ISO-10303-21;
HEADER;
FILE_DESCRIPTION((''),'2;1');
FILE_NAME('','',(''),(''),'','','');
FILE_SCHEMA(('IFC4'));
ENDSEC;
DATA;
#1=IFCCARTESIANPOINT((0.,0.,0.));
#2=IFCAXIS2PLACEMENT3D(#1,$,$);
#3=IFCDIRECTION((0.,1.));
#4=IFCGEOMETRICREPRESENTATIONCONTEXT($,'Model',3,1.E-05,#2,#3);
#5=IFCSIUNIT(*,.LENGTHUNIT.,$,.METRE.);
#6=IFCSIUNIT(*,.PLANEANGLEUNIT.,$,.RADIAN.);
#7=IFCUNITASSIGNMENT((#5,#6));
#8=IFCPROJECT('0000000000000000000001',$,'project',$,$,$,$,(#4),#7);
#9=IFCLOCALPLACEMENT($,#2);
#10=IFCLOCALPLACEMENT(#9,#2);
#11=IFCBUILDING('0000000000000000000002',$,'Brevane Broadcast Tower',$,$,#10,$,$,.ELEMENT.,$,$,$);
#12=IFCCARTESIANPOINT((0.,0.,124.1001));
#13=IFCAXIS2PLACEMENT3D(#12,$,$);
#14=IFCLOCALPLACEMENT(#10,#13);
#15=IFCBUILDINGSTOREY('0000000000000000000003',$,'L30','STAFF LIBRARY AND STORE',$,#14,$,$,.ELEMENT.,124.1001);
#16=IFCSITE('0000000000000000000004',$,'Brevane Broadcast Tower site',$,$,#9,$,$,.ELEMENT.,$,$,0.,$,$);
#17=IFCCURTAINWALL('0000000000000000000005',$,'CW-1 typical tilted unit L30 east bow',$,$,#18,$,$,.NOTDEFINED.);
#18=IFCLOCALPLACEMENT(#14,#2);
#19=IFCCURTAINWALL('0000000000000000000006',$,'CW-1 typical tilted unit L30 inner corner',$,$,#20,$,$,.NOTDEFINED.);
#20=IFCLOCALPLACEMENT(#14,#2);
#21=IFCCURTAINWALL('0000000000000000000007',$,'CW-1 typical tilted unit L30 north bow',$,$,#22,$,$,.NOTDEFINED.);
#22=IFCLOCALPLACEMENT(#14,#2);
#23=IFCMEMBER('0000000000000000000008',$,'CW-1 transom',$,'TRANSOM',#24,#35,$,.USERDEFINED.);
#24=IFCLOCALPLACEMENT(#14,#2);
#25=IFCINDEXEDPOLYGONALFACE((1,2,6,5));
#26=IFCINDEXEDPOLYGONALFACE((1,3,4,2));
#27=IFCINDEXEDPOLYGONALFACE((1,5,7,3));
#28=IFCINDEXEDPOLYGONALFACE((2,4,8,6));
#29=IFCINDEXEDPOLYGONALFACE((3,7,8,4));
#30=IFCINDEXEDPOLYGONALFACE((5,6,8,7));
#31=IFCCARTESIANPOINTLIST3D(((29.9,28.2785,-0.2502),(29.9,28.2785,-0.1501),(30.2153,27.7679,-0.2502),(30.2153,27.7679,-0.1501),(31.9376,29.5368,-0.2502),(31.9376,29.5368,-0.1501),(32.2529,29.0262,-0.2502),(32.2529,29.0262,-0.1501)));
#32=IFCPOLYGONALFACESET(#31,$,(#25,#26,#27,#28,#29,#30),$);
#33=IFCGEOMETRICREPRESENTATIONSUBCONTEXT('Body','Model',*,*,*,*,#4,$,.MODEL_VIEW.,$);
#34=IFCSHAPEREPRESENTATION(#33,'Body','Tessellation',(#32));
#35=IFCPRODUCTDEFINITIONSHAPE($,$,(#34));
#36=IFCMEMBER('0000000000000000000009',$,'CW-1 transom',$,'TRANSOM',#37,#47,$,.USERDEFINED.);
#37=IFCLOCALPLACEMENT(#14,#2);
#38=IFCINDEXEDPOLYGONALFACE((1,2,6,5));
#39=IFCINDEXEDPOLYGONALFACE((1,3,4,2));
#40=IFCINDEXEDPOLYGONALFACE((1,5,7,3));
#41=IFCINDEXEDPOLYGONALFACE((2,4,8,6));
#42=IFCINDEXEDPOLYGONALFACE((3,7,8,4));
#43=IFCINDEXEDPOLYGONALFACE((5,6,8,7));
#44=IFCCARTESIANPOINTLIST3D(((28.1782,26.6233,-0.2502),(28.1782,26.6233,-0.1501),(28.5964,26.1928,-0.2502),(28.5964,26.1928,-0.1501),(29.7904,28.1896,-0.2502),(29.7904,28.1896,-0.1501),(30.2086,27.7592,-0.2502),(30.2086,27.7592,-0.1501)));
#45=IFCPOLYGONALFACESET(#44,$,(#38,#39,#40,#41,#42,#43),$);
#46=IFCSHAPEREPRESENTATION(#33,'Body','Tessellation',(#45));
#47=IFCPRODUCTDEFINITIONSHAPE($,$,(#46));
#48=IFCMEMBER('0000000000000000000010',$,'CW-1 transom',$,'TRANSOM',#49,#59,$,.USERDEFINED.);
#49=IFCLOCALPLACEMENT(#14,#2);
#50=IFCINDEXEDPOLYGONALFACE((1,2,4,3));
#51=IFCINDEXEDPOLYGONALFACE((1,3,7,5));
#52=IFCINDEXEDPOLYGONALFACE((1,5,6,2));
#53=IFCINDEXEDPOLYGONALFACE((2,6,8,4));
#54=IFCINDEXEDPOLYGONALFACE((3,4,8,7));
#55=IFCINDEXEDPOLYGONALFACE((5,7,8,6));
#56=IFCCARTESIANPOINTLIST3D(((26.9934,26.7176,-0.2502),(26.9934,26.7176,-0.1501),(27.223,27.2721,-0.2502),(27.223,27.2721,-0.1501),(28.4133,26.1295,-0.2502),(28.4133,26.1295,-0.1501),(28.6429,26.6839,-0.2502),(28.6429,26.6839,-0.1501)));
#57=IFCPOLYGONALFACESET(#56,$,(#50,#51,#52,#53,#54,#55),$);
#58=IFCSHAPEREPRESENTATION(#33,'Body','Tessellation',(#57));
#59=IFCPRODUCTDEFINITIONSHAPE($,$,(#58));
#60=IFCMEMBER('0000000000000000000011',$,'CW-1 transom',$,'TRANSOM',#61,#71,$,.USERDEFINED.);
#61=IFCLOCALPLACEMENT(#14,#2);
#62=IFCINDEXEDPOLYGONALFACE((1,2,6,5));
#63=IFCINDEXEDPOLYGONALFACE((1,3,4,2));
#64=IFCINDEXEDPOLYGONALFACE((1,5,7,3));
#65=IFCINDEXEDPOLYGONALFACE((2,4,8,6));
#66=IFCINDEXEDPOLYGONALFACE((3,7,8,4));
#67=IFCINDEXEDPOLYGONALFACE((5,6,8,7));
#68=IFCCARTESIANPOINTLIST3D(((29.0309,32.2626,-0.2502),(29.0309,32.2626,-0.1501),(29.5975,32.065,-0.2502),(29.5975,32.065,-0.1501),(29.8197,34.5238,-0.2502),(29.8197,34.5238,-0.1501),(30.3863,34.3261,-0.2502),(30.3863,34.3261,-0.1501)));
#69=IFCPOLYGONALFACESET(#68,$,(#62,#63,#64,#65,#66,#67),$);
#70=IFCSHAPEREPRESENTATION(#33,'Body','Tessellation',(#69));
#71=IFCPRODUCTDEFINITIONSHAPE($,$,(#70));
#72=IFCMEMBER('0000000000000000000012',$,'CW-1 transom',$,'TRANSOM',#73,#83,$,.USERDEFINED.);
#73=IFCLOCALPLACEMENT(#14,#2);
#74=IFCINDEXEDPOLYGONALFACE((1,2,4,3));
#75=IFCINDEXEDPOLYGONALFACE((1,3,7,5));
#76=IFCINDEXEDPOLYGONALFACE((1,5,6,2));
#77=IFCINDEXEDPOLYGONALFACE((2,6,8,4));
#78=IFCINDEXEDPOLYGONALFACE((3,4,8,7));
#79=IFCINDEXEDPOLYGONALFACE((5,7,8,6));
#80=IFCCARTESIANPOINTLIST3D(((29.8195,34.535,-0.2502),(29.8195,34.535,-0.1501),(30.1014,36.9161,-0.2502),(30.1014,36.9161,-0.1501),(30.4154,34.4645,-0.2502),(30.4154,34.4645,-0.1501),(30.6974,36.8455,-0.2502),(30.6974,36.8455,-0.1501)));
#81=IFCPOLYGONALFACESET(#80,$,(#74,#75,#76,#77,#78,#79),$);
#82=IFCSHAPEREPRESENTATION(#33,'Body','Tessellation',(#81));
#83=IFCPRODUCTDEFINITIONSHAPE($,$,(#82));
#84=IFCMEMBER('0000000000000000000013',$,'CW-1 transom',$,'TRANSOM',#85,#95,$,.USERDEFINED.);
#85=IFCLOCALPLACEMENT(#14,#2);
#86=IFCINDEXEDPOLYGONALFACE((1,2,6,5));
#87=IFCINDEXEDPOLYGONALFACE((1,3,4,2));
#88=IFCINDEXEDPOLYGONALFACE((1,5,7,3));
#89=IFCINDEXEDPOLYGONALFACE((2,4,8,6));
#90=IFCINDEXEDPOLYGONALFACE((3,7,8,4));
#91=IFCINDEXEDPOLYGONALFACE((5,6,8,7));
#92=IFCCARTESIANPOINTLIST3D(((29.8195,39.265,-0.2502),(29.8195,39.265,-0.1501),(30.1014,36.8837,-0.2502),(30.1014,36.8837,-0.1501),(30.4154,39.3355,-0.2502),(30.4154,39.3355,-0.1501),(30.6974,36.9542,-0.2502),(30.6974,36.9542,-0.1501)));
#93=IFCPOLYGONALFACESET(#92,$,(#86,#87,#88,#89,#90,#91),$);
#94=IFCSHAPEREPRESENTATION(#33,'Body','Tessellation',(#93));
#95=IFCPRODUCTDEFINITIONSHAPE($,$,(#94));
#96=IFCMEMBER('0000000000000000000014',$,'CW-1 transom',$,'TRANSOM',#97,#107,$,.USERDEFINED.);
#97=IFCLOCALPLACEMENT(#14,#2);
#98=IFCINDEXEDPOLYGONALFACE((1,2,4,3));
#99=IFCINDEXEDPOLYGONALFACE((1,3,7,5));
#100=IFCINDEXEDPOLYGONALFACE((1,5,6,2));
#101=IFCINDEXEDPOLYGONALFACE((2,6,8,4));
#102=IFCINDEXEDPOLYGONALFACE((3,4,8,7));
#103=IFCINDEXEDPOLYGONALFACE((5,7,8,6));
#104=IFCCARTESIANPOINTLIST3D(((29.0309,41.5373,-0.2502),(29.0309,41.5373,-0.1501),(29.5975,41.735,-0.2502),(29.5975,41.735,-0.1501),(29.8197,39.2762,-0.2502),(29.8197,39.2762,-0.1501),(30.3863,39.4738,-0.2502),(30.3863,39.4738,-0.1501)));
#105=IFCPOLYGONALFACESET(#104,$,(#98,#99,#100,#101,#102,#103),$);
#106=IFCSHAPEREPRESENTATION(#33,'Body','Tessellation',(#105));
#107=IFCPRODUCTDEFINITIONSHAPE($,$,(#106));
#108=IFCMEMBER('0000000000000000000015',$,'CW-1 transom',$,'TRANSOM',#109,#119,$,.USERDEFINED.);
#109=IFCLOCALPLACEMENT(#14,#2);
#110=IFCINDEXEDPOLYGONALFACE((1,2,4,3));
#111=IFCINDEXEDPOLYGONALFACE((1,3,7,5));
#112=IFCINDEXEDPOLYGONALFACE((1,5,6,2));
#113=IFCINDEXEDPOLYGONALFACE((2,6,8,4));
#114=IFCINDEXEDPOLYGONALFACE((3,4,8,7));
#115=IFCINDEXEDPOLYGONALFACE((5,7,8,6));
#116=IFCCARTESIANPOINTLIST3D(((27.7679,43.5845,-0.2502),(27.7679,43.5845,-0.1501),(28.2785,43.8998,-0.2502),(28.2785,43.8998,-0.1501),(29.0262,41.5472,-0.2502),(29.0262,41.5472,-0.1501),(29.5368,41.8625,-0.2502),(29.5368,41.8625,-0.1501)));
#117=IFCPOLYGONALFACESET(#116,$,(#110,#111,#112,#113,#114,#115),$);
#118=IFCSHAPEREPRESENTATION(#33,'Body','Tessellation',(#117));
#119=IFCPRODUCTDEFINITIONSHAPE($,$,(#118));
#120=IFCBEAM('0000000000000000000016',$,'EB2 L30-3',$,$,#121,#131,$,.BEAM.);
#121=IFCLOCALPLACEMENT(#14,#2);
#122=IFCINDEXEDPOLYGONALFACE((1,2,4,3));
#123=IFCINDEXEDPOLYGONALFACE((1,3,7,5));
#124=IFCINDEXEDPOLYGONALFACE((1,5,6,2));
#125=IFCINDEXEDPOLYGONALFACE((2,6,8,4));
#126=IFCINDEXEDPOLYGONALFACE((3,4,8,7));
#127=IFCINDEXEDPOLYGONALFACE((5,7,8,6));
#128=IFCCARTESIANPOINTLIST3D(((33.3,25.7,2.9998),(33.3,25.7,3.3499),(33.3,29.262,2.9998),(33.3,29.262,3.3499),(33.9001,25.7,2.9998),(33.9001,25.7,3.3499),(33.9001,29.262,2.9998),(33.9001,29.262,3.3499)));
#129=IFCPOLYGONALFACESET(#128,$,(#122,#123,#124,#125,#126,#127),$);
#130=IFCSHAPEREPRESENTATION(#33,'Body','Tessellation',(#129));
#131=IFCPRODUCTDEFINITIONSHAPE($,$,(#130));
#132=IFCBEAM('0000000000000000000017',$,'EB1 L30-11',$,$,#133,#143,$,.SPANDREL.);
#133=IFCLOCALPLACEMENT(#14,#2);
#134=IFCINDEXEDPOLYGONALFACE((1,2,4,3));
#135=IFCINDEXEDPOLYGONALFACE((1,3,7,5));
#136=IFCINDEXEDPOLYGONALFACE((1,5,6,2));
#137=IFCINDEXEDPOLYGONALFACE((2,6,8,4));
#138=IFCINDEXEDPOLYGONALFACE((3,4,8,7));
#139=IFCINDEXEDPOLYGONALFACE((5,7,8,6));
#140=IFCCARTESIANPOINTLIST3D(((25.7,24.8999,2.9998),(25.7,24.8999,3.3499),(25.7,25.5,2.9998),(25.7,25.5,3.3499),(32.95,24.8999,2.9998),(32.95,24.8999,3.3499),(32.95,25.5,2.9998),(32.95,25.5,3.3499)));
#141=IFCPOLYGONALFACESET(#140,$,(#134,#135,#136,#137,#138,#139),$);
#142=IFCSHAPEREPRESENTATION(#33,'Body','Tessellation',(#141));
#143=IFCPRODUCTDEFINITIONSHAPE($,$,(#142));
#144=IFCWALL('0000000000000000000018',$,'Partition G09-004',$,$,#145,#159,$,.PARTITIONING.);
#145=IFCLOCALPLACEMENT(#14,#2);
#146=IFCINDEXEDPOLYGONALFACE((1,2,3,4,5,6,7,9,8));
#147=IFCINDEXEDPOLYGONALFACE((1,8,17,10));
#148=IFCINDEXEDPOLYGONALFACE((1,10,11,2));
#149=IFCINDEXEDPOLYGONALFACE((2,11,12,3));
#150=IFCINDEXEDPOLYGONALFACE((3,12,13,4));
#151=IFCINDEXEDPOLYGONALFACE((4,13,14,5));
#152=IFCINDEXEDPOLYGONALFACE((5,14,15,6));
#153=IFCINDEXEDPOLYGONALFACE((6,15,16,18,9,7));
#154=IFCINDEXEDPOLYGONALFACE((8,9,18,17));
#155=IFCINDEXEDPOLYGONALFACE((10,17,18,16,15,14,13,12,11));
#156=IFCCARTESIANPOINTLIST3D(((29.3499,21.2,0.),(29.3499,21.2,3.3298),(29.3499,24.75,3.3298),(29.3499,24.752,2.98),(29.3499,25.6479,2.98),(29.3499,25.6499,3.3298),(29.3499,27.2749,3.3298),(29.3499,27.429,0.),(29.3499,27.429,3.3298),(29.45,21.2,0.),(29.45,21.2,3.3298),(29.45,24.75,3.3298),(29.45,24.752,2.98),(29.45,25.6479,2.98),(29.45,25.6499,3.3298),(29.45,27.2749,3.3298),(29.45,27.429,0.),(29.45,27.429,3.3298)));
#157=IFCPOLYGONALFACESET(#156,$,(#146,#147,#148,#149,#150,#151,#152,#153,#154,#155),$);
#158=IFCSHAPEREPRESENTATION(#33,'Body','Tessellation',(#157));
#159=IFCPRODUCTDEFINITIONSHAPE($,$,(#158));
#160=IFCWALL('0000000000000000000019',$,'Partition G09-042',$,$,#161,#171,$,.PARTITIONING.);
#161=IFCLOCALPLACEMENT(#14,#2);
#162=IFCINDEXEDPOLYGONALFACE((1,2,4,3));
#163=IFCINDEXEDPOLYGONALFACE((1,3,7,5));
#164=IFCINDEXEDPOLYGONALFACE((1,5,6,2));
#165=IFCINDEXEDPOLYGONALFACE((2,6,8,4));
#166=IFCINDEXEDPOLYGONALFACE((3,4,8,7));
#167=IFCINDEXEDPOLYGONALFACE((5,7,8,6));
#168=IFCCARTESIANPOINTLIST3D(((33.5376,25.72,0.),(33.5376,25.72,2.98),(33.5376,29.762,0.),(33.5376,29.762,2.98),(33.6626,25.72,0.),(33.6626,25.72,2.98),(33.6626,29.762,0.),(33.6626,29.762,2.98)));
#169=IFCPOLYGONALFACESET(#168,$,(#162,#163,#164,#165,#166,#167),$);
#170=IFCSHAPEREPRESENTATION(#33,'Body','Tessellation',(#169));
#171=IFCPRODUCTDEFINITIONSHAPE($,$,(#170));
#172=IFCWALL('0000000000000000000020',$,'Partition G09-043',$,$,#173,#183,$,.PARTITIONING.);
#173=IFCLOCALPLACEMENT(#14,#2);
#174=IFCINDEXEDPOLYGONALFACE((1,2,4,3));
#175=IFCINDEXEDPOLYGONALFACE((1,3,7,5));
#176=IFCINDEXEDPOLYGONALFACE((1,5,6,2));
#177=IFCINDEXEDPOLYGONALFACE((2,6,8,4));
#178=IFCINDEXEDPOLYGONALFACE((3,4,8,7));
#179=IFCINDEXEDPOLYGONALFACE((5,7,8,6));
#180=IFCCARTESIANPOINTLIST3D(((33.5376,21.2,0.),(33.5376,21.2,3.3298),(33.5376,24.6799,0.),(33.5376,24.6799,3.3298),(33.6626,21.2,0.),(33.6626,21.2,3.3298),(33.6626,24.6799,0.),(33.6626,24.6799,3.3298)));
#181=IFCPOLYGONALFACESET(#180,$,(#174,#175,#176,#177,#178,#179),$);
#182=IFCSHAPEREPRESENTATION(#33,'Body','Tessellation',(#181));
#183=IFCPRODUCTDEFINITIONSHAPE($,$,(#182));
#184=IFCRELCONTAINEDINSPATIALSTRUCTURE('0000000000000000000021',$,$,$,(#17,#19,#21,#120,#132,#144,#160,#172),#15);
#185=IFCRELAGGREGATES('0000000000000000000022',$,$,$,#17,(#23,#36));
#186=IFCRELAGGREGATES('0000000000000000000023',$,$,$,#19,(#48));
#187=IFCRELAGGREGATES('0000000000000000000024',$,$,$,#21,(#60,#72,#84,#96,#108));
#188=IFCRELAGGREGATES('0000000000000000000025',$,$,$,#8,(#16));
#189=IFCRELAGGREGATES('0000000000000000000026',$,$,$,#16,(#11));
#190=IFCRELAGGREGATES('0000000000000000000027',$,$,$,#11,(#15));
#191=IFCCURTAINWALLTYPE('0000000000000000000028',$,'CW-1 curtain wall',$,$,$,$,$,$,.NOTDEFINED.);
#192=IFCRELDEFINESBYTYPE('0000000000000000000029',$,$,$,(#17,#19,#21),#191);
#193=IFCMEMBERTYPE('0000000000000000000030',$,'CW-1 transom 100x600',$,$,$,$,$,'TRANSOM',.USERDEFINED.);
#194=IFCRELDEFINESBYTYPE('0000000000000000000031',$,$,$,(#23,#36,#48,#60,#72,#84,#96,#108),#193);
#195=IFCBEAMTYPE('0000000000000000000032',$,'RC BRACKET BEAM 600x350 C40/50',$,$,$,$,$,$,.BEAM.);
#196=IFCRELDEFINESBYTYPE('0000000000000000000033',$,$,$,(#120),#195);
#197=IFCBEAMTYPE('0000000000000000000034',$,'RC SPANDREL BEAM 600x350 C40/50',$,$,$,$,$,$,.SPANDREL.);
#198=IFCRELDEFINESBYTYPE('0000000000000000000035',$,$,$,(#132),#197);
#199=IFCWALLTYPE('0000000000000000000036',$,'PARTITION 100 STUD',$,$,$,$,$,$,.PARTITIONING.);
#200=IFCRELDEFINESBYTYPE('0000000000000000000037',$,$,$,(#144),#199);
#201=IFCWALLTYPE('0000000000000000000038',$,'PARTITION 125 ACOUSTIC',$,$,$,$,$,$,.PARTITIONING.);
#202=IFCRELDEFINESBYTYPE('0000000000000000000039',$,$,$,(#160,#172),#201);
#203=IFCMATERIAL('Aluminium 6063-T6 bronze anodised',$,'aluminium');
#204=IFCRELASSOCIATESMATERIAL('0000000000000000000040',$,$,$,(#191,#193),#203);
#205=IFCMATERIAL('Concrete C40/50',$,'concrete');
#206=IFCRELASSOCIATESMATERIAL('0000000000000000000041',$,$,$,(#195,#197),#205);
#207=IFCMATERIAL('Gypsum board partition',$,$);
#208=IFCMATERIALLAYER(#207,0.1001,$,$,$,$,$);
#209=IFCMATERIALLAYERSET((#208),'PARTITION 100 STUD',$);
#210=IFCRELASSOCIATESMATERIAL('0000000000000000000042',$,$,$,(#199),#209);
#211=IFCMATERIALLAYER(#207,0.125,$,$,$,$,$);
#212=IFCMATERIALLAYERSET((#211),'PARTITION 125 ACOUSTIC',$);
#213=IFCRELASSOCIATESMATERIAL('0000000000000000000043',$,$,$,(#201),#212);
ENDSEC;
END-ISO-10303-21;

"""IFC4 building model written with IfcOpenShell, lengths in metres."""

from ifc_helpers import new_model, si_unit, direction, frame, frame_2d, origin, origin_2d, place, context, subcontext, project, spatial, polyline, rectangle, outline, extrude, material, layer, layer_set, material_profile, profile_set, type_object, element, aggregate, save


model = new_model("IFC4")

# Units and contexts
model_context = context("Model", 3, precision=1e-05, world=origin(), true_north=direction((0.0, 1.0)))
body_context = subcontext(model_context, "Body", "Model", "MODEL_VIEW")
ifc_project = project(units=[si_unit("LENGTHUNIT", "METRE"), si_unit("PLANEANGLEUNIT", "RADIAN")], contexts=[model_context])

# Site, building, storey
site_placement = place(None, origin())
site = spatial("IfcSite", under=ifc_project, at=site_placement, Name="Brevane Broadcast Tower site", CompositionType="ELEMENT", RefElevation=0.0)
building_placement = place(site_placement, origin())
building = spatial("IfcBuilding", under=site, at=building_placement, Name="Brevane Broadcast Tower", CompositionType="ELEMENT")
storey_placement = place(building_placement, frame((0.0, 0.0, 124.1001)))
storey = spatial("IfcBuildingStorey", under=building, at=storey_placement, Name="L30", Description="STAFF LIBRARY AND STORE", CompositionType="ELEMENT", Elevation=124.1001)

# Curtain wall
ifc_material_1 = material(Name="Aluminium 6063-T6 bronze anodised", Category="aluminium")
curtain_wall_type = type_object("IfcCurtainWallType", Name="CW-1 curtain wall", PredefinedType="NOTDEFINED", material=ifc_material_1)
curtain_wall_1_placement = place(storey_placement, origin())
curtain_wall_1 = element("IfcCurtainWall", 1, at=curtain_wall_1_placement, inside=storey, type_object=curtain_wall_type, Name="CW-1 typical tilted unit L30 east bow", PredefinedType="NOTDEFINED")

# Curtain wall
curtain_wall_2_placement = place(storey_placement, origin())
curtain_wall_2 = element("IfcCurtainWall", 2, at=curtain_wall_2_placement, inside=storey, type_object=curtain_wall_type, Name="CW-1 typical tilted unit L30 inner corner", PredefinedType="NOTDEFINED")

# Curtain wall
curtain_wall_3_placement = place(storey_placement, origin())
curtain_wall_3 = element("IfcCurtainWall", 3, at=curtain_wall_3_placement, inside=storey, type_object=curtain_wall_type, Name="CW-1 typical tilted unit L30 north bow", PredefinedType="NOTDEFINED")

# Members
ifc_material_profile_1 = material_profile(ifc_material_1, rectangle(XDim=0.6001, YDim=0.1001, at=origin_2d()), Name="RECT 100x600")
ifc_profile_set_1 = profile_set([ifc_material_profile_1], Name="Aluminium 6063-T6 bronze anodised")
member_type_1 = type_object("IfcMemberType", Name="CW-1 transom 100x600", ElementType="TRANSOM", PredefinedType="USERDEFINED", material=ifc_profile_set_1)
member_1_placement = place(storey_placement, frame((32.0952, 29.2815, -0.2002), z_axis=(-0.850838, -0.525428, 0.0), x_axis=(0.525428, -0.850838, 0.0)))
member_1 = element("IfcMember", 4, at=member_1_placement, type_object=member_type_1, Name="CW-1 transom", ObjectType="TRANSOM", PredefinedType="USERDEFINED", context=body_context, shape_type="SweptSolid", body=[
    extrude(rectangle(XDim=0.6001, YDim=0.1001, at=origin_2d()), origin(), (0.0, 0.0, 1.0), 2.3948),
])
member_2_placement = place(storey_placement, frame((29.9995, 27.9744, -0.2002), z_axis=(-0.717242, -0.696824, 0.0), x_axis=(0.696824, -0.717242, 0.0)))
member_2 = element("IfcMember", 5, at=member_2_placement, type_object=member_type_1, Name="CW-1 transom", ObjectType="TRANSOM", PredefinedType="USERDEFINED", context=body_context, shape_type="SweptSolid", body=[
    extrude(rectangle(XDim=0.6001, YDim=0.1001, at=origin_2d()), origin(), (0.0, 0.0, 1.0), 2.2478),
])
aggregate(curtain_wall_1, [member_1, member_2])
member_3_placement = place(storey_placement, frame((28.5281, 26.4067, -0.2002), z_axis=(-0.923883, 0.382674, 0.0), x_axis=(-0.382674, -0.923883, 0.0)))
member_3 = element("IfcMember", 6, at=member_3_placement, type_object=member_type_1, Name="CW-1 transom", ObjectType="TRANSOM", PredefinedType="USERDEFINED", context=body_context, shape_type="SweptSolid", body=[
    extrude(rectangle(XDim=0.6001, YDim=0.1001, at=origin_2d()), origin(), (0.0, 0.0, 1.0), 1.5369),
])
aggregate(curtain_wall_2, [member_3])
member_4_placement = place(storey_placement, frame((29.3142, 32.1638, -0.2002), z_axis=(0.329378, 0.944198, 0.0), x_axis=(-0.944198, 0.329378, 0.0)))
member_4 = element("IfcMember", 7, at=member_4_placement, type_object=member_type_1, Name="CW-1 transom", ObjectType="TRANSOM", PredefinedType="USERDEFINED", context=body_context, shape_type="SweptSolid", body=[
    extrude(rectangle(XDim=0.6001, YDim=0.1001, at=origin_2d()), origin(), (0.0, 0.0, 1.0), 2.3948),
])
member_5_placement = place(storey_placement, frame((30.1174, 34.4998, -0.2002), z_axis=(0.117603, 0.993061, 0.0), x_axis=(-0.993061, 0.117603, 0.0)))
member_5 = element("IfcMember", 8, at=member_5_placement, type_object=member_type_1, Name="CW-1 transom", ObjectType="TRANSOM", PredefinedType="USERDEFINED", context=body_context, shape_type="SweptSolid", body=[
    extrude(rectangle(XDim=0.6001, YDim=0.1001, at=origin_2d()), origin(), (0.0, 0.0, 1.0), 2.3977),
])
member_6_placement = place(storey_placement, frame((30.3994, 36.9189, -0.2002), z_axis=(-0.117591, 0.993062, 0.0), x_axis=(-0.993062, -0.117591, 0.0)))
member_6 = element("IfcMember", 9, at=member_6_placement, type_object=member_type_1, Name="CW-1 transom", ObjectType="TRANSOM", PredefinedType="USERDEFINED", context=body_context, shape_type="SweptSolid", body=[
    extrude(rectangle(XDim=0.6001, YDim=0.1001, at=origin_2d()), origin(), (0.0, 0.0, 1.0), 2.3979),
])
member_7_placement = place(storey_placement, frame((30.103, 39.375, -0.2002), z_axis=(-0.329378, 0.944198, 0.0), x_axis=(-0.944198, -0.329378, 0.0)))
member_7 = element("IfcMember", 10, at=member_7_placement, type_object=member_type_1, Name="CW-1 transom", ObjectType="TRANSOM", PredefinedType="USERDEFINED", context=body_context, shape_type="SweptSolid", body=[
    extrude(rectangle(XDim=0.6001, YDim=0.1001, at=origin_2d()), origin(), (0.0, 0.0, 1.0), 2.3948),
])
member_8_placement = place(storey_placement, frame((29.2815, 41.7048, -0.2002), z_axis=(-0.525473, 0.85081, 0.0), x_axis=(-0.85081, -0.525473, 0.0)))
member_8 = element("IfcMember", 11, at=member_8_placement, type_object=member_type_1, Name="CW-1 transom", ObjectType="TRANSOM", PredefinedType="USERDEFINED", context=body_context, shape_type="SweptSolid", body=[
    extrude(rectangle(XDim=0.6001, YDim=0.1001, at=origin_2d()), origin(), (0.0, 0.0, 1.0), 2.3945),
])
aggregate(curtain_wall_3, [member_4, member_5, member_6, member_7, member_8])

# Beams
ifc_material_2 = material(Name="Concrete C40/50", Category="concrete")
ifc_material_profile_2 = material_profile(ifc_material_2, rectangle(XDim=0.6001, YDim=0.3501, at=origin_2d()), Name="RC 600x350")
ifc_profile_set_2 = profile_set([ifc_material_profile_2], Name="Concrete C40/50")
beam_type_1 = type_object("IfcBeamType", Name="RC BRACKET BEAM 600x350 C40/50", PredefinedType="BEAM", material=ifc_profile_set_2)
beam_1_placement = place(storey_placement, frame((33.6001, 25.7, 3.1748), z_axis=(0.0, 1.0, 0.0), x_axis=(-1.0, 0.0, 0.0)))
element("IfcBeam", 12, at=beam_1_placement, inside=storey, type_object=beam_type_1, Name="EB2 L30-3", PredefinedType="BEAM", context=body_context, shape_type="SweptSolid", body=[
    extrude(rectangle(XDim=0.6001, YDim=0.3501, at=origin_2d()), origin(), (0.0, 0.0, 1.0), 3.562),
])
ifc_material_profile_3 = material_profile(ifc_material_2, rectangle(XDim=0.6001, YDim=0.3501, at=origin_2d()), Name="RC 600x350")
ifc_profile_set_3 = profile_set([ifc_material_profile_3], Name="Concrete C40/50")
beam_type_2 = type_object("IfcBeamType", Name="RC SPANDREL BEAM 600x350 C40/50", PredefinedType="SPANDREL", material=ifc_profile_set_3)
beam_2_placement = place(storey_placement, frame((32.95, 25.2, 3.1748), z_axis=(-1.0, 0.0, 0.0), x_axis=(0.0, -1.0, 0.0)))
element("IfcBeam", 13, at=beam_2_placement, inside=storey, type_object=beam_type_2, Name="EB1 L30-11", PredefinedType="SPANDREL", context=body_context, shape_type="SweptSolid", body=[
    extrude(rectangle(XDim=0.6001, YDim=0.3501, at=origin_2d()), origin(), (0.0, 0.0, 1.0), 7.25),
])

# Walls
ifc_material_3 = material(Name="Gypsum board partition")
ifc_layer_1 = layer(ifc_material_3, 0.1001)
ifc_layer_set_1 = layer_set([ifc_layer_1], Name="PARTITION 100 STUD")
wall_type_1 = type_object("IfcWallType", Name="PARTITION 100 STUD", PredefinedType="PARTITIONING", material=ifc_layer_set_1)
wall_1_placement = place(storey_placement, frame((29.3999, 27.429, 0.0), z_axis=(0.0, 0.0, 1.0), x_axis=(0.0, -1.0, 0.0)))
element("IfcWall", 14, at=wall_1_placement, inside=storey, type_object=wall_type_1, Name="Partition G09-004", PredefinedType="PARTITIONING", context=body_context, shape_type="SweptSolid", body=[
    extrude(outline(polyline([(0.0, 0.0), (6.229, 0.0), (6.229, 3.3298), (2.679, 3.3298), (2.677, 2.98), (1.781, 2.98), (1.7791, 3.3298), (0.1541, 3.3298), (0.0, 3.3298), (0.0, 0.0)])), frame((0.0, 0.05, 0.0), z_axis=(0.0, -1.0, 0.0), x_axis=(1.0, 0.0, 0.0)), (0.0, 0.0, 1.0), 0.1001),
])
ifc_layer_2 = layer(ifc_material_3, 0.125)
ifc_layer_set_2 = layer_set([ifc_layer_2], Name="PARTITION 125 ACOUSTIC")
wall_type_2 = type_object("IfcWallType", Name="PARTITION 125 ACOUSTIC", PredefinedType="PARTITIONING", material=ifc_layer_set_2)
wall_2_placement = place(storey_placement, frame((33.6001, 29.762, 0.0), z_axis=(0.0, 0.0, 1.0), x_axis=(0.0, -1.0, 0.0)))
element("IfcWall", 15, at=wall_2_placement, inside=storey, type_object=wall_type_2, Name="Partition G09-042", PredefinedType="PARTITIONING", context=body_context, shape_type="SweptSolid", body=[
    extrude(rectangle(XDim=4.042, YDim=0.125, at=frame_2d((2.021, 0.0))), origin(), (0.0, 0.0, 1.0), 2.98),
])
wall_3_placement = place(storey_placement, frame((33.6001, 24.6799, 0.0), z_axis=(0.0, 0.0, 1.0), x_axis=(0.0, -1.0, 0.0)))
element("IfcWall", 16, at=wall_3_placement, inside=storey, type_object=wall_type_2, Name="Partition G09-043", PredefinedType="PARTITIONING", context=body_context, shape_type="SweptSolid", body=[
    extrude(rectangle(XDim=3.48, YDim=0.125, at=frame_2d((1.74, 0.0))), origin(), (0.0, 0.0, 1.0), 3.3298),
])

save(model, "model.ifc")
